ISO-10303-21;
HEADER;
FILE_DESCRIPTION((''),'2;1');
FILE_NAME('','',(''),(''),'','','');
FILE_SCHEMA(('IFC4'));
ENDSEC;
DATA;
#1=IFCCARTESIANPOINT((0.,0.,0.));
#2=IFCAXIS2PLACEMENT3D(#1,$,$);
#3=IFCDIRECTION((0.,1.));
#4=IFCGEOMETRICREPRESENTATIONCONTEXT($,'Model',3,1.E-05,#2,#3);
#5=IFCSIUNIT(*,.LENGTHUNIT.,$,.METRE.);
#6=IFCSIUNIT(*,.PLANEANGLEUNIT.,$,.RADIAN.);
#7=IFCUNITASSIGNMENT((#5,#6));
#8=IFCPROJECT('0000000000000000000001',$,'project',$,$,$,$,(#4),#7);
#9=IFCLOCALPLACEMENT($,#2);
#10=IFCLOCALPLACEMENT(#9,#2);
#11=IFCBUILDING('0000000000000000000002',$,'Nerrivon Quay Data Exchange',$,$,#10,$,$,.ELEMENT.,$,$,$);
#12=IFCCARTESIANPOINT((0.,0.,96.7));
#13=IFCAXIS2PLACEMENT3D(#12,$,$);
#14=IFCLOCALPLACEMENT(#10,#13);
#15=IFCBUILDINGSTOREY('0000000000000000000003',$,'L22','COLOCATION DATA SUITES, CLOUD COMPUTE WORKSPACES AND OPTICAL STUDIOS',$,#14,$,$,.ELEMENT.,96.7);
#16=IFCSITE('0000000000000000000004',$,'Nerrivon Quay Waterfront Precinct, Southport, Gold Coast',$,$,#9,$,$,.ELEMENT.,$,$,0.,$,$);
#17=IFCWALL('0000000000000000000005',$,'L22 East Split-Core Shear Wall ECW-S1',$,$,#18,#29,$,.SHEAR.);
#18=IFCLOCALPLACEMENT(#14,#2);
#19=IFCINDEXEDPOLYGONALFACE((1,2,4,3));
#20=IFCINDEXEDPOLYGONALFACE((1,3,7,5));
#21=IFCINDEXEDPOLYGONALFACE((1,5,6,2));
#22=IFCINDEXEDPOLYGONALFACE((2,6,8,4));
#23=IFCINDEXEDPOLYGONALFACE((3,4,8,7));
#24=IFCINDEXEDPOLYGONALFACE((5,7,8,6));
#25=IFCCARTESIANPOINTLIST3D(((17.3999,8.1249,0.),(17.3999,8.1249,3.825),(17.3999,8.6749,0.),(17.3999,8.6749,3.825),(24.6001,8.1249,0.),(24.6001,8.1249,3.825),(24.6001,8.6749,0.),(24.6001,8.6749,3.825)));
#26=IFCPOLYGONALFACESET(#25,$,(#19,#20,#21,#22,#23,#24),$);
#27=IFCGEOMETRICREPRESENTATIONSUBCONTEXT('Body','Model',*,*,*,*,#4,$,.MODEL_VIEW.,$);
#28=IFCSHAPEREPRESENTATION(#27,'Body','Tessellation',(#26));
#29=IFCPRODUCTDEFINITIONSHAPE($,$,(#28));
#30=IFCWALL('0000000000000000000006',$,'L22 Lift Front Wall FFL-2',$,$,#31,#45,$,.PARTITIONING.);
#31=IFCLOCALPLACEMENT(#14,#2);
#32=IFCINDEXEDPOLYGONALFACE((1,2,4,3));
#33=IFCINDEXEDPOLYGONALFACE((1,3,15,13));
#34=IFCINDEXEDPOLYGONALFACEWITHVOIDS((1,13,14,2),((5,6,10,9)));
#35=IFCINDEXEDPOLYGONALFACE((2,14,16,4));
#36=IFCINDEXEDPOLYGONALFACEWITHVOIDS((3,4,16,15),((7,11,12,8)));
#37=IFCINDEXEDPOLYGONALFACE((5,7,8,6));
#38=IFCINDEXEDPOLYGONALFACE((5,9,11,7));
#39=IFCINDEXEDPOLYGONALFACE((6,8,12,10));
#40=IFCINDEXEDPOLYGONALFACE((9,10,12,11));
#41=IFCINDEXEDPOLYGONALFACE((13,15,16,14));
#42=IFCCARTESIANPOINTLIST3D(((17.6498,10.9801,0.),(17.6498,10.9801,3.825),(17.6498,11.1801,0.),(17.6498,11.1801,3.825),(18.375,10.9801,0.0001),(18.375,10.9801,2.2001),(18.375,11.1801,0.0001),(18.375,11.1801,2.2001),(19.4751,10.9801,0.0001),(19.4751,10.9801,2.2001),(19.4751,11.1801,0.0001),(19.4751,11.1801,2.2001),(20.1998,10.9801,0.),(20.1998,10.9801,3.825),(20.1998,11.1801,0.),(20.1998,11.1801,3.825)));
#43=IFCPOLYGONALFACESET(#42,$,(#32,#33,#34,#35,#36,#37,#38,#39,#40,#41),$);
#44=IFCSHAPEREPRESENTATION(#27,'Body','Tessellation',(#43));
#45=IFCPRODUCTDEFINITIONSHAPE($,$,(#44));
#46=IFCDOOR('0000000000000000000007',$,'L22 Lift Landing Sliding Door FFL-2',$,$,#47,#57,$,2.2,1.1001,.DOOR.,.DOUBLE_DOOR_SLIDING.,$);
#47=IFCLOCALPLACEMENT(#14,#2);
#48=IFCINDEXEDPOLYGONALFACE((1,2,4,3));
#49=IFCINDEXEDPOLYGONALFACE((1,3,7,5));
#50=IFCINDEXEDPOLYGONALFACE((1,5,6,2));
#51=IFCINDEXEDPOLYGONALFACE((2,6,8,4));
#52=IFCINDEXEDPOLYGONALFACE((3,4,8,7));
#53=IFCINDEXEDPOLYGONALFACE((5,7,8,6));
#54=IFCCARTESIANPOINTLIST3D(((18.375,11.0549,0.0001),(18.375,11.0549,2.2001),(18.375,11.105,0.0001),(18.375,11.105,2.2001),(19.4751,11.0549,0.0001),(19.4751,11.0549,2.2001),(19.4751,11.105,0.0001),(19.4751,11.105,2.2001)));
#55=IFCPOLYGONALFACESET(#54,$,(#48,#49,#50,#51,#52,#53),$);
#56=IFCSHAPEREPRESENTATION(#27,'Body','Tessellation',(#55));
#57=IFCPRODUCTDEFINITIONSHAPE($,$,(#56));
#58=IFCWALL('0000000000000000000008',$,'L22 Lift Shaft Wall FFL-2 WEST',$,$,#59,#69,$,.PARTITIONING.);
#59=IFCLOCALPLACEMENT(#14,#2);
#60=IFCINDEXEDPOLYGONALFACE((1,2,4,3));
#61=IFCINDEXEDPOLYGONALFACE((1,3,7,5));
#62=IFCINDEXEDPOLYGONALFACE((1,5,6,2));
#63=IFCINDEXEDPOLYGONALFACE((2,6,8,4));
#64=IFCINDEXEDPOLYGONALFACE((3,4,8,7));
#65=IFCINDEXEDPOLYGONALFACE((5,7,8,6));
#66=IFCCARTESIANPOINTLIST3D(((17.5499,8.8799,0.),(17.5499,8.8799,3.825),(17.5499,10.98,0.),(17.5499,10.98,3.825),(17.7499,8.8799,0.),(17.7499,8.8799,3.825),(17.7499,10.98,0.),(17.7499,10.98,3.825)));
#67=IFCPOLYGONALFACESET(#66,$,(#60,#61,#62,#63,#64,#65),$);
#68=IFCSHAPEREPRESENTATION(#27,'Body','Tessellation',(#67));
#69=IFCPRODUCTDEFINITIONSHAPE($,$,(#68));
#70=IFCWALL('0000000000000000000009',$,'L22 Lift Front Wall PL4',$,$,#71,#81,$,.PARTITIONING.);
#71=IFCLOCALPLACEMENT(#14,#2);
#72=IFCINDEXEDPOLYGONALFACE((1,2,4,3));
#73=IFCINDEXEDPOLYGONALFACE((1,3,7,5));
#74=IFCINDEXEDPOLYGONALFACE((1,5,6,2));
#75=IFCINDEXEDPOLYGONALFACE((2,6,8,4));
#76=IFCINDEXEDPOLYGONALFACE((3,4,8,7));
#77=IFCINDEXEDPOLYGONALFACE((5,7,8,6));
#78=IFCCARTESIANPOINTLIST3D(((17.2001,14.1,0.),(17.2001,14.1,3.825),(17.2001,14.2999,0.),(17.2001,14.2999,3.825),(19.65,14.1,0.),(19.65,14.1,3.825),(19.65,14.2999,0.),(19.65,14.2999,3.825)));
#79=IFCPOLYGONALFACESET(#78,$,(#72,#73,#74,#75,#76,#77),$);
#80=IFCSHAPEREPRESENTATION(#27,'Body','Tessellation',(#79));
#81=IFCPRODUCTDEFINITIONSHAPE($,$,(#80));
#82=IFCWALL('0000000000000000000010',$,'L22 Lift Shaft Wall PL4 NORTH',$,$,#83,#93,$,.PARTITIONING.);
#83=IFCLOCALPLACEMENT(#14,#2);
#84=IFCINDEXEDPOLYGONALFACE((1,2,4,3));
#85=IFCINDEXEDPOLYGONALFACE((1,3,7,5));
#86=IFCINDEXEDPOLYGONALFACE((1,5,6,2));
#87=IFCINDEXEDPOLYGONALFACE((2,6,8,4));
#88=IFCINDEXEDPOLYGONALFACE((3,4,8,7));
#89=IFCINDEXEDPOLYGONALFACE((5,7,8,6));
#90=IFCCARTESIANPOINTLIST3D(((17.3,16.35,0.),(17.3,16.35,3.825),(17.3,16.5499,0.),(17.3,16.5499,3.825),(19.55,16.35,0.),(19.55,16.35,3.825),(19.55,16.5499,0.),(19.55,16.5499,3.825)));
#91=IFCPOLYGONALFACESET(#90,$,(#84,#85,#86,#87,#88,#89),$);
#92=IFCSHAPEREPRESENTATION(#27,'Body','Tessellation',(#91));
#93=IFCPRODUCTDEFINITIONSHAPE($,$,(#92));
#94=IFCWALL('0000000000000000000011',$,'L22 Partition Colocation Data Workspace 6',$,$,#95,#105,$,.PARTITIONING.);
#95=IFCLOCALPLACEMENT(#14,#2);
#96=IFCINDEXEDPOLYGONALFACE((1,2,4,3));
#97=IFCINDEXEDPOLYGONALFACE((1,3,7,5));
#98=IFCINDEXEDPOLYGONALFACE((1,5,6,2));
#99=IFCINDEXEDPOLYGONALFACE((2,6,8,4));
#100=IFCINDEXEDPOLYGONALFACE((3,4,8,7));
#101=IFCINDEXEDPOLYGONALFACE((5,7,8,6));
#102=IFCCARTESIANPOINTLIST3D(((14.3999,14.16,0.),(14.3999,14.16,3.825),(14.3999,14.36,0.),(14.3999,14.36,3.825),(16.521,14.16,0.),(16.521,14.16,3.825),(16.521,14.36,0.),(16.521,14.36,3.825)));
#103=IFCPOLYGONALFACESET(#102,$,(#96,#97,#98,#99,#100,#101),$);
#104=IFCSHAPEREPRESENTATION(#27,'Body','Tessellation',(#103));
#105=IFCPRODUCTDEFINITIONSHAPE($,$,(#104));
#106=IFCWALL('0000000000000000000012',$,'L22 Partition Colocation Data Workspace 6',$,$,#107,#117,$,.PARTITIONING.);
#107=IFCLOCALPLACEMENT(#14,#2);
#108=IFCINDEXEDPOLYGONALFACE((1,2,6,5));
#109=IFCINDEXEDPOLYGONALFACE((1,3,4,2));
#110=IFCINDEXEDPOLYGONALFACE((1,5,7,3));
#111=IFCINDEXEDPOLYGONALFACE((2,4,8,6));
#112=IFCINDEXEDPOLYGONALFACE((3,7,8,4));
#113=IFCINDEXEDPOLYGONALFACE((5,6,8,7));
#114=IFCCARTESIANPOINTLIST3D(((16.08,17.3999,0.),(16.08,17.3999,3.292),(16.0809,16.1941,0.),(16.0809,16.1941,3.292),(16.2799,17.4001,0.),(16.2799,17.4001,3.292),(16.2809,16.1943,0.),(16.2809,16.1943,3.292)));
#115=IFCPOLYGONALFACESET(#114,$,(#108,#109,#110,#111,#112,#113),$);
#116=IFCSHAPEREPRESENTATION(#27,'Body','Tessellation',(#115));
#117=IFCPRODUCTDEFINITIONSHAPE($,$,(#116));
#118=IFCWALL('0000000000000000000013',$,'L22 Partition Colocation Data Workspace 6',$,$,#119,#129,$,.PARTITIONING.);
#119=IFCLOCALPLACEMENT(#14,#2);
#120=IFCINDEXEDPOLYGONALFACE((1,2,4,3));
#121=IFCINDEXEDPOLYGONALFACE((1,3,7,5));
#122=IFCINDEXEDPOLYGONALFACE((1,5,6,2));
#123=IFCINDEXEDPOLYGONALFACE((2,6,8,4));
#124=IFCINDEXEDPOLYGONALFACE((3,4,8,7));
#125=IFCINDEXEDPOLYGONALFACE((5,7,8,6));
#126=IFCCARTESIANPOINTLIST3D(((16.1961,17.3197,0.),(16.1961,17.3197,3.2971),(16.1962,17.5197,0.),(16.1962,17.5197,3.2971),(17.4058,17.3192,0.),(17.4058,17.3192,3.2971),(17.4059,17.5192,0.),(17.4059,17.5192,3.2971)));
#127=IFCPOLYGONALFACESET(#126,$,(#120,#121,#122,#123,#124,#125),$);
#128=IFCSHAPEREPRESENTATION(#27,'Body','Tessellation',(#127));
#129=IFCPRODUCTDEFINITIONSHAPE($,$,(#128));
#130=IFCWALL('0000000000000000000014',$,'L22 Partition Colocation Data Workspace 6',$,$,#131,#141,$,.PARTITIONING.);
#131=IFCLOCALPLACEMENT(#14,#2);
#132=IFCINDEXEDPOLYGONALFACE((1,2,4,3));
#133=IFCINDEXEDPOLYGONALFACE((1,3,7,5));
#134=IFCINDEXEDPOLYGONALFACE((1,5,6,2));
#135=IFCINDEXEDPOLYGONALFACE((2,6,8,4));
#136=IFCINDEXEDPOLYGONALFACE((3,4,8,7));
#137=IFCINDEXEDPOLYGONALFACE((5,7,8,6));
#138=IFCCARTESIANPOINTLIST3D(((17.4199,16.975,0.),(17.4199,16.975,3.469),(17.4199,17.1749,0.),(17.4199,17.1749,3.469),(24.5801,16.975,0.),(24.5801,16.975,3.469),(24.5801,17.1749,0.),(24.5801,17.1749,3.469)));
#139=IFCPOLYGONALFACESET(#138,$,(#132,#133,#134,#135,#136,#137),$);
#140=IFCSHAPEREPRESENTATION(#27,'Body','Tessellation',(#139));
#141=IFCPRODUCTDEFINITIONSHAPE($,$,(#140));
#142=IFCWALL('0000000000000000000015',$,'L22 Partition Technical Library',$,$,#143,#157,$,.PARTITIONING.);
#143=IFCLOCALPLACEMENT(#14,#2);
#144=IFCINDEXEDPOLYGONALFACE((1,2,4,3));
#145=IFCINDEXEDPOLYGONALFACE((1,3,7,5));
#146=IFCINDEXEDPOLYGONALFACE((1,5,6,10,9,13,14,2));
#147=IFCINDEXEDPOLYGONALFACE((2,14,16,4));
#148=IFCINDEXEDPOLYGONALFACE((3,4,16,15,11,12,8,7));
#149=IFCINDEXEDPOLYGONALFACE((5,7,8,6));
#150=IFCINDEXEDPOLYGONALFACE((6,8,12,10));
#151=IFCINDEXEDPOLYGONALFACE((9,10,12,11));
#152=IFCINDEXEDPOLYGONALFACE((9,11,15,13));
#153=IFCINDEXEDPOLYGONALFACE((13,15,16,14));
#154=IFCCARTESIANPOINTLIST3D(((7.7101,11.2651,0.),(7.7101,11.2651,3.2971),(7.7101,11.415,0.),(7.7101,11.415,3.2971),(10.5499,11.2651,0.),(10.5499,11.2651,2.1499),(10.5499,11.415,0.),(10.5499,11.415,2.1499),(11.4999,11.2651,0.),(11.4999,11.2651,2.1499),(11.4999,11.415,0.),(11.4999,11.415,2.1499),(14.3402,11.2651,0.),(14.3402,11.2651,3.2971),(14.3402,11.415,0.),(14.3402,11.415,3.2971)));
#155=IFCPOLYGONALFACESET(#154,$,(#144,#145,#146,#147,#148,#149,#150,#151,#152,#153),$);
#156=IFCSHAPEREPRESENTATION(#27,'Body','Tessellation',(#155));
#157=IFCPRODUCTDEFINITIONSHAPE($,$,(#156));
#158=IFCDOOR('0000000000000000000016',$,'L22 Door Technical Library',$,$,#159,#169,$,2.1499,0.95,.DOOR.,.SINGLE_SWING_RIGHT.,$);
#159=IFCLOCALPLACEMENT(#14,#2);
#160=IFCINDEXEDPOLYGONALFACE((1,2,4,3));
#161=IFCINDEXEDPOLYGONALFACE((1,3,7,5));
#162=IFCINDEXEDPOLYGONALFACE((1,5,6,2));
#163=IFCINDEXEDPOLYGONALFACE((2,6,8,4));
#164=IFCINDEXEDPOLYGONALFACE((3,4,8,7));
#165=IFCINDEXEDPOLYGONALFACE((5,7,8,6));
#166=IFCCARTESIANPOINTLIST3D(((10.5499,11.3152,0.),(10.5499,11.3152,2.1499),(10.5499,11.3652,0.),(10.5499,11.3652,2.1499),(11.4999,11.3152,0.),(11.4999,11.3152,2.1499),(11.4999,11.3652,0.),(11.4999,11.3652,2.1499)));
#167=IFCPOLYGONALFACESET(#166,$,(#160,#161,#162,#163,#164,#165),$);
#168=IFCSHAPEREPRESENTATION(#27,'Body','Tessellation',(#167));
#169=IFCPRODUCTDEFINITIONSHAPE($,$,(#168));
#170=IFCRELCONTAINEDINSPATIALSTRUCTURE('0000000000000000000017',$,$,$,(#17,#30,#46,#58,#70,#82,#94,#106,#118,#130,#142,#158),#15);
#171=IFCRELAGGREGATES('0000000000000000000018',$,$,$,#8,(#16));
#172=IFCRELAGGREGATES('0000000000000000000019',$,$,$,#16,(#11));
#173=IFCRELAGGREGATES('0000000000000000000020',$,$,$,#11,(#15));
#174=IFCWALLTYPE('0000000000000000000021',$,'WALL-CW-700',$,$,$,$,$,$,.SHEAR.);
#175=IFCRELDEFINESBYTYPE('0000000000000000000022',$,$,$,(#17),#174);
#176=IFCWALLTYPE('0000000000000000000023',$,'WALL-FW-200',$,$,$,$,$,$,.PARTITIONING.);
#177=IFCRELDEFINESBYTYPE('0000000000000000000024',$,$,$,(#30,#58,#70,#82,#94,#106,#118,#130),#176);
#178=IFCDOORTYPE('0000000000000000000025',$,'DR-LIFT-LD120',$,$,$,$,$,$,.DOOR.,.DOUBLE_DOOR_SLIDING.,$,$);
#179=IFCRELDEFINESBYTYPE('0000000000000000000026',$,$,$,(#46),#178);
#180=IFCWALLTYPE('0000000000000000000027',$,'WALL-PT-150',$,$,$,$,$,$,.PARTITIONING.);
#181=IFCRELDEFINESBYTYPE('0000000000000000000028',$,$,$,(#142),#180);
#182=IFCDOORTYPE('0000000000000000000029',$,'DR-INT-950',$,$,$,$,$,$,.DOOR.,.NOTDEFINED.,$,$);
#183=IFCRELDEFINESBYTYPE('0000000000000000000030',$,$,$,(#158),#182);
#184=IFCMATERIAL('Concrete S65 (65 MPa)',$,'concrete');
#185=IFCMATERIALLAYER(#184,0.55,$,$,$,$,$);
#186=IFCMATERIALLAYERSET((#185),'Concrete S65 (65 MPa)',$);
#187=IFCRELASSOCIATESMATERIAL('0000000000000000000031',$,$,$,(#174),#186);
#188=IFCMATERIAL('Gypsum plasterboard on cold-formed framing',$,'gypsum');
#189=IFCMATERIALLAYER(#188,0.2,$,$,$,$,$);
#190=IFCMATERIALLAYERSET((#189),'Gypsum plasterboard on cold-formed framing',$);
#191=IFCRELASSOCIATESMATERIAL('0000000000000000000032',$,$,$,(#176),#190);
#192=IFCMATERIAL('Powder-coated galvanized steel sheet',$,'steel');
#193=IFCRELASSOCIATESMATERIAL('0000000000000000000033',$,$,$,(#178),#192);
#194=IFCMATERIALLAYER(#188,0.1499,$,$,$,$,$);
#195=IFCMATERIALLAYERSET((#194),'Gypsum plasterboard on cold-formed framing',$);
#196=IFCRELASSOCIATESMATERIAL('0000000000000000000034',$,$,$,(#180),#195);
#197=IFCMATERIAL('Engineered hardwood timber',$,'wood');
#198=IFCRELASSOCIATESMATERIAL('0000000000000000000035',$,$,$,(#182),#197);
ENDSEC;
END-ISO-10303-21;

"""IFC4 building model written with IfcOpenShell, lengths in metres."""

from ifc_helpers import new_model, si_unit, direction, frame, frame_2d, origin, place, context, subcontext, project, spatial, rectangle, extrude, material, layer, layer_set, type_object, element, fill, save


model = new_model("IFC4")

# Units and contexts
model_context = context("Model", 3, precision=1e-05, world=origin(), true_north=direction((0.0, 1.0)))
body_context = subcontext(model_context, "Body", "Model", "MODEL_VIEW")
ifc_project = project(units=[si_unit("LENGTHUNIT", "METRE"), si_unit("PLANEANGLEUNIT", "RADIAN")], contexts=[model_context])

# Site, building, storey
site_placement = place(None, origin())
site = spatial("IfcSite", under=ifc_project, at=site_placement, Name="Nerrivon Quay Waterfront Precinct, Southport, Gold Coast", CompositionType="ELEMENT", RefElevation=0.0)
building_placement = place(site_placement, origin())
building = spatial("IfcBuilding", under=site, at=building_placement, Name="Nerrivon Quay Data Exchange", CompositionType="ELEMENT")
storey_placement = place(building_placement, frame((0.0, 0.0, 96.7)))
storey = spatial("IfcBuildingStorey", under=building, at=storey_placement, Name="L22", Description="COLOCATION DATA SUITES, CLOUD COMPUTE WORKSPACES AND OPTICAL STUDIOS", CompositionType="ELEMENT", Elevation=96.7)

# Shared definitions
ifc_material_1 = material(Name="Concrete S65 (65 MPa)", Category="concrete")

# Shared definitions
ifc_layer_1 = layer(ifc_material_1, 0.55)
ifc_layer_set_1 = layer_set([ifc_layer_1], Name="Concrete S65 (65 MPa)")
wall_type_1 = type_object("IfcWallType", Name="WALL-CW-700", PredefinedType="SHEAR", material=ifc_layer_set_1)
ifc_material_2 = material(Name="Powder-coated galvanized steel sheet", Category="steel")

# Wall
wall_1_placement = place(storey_placement, frame((17.3999, 8.3999, 0.0), z_axis=(0.0, 0.0, 1.0), x_axis=(1.0, 0.0, 0.0)))
element("IfcWall", 1, at=wall_1_placement, inside=storey, type_object=wall_type_1, Name="L22 East Split-Core Shear Wall ECW-S1", PredefinedType="SHEAR", context=body_context, shape_type="SweptSolid", body=[
    extrude(rectangle(XDim=7.2002, YDim=0.55, at=frame_2d((3.6001, 0.0))), origin(), (0.0, 0.0, 1.0), 3.825),
])

# Wall, opening, door
ifc_material_3 = material(Name="Gypsum plasterboard on cold-formed framing", Category="gypsum")
ifc_layer_2 = layer(ifc_material_3, 0.2)
ifc_layer_set_2 = layer_set([ifc_layer_2], Name="Gypsum plasterboard on cold-formed framing")
wall_type_2 = type_object("IfcWallType", Name="WALL-FW-200", PredefinedType="PARTITIONING", material=ifc_layer_set_2)
wall_2_placement = place(storey_placement, frame((17.6499, 11.0801, 0.0), z_axis=(0.0, 0.0, 1.0), x_axis=(1.0, 0.0, 0.0)))
wall_2 = element("IfcWall", 2, at=wall_2_placement, inside=storey, type_object=wall_type_2, Name="L22 Lift Front Wall FFL-2", PredefinedType="PARTITIONING", context=body_context, shape_type="SweptSolid", body=[
    extrude(rectangle(XDim=2.55, YDim=0.2, at=frame_2d((1.2749, 0.0))), origin(), (0.0, 0.0, 1.0), 3.825),
])
opening_1_placement = place(wall_2_placement, frame((0.7251, 0.0, 0.0)))
opening_1 = element("IfcOpeningElement", 3, at=opening_1_placement, cuts=wall_2, PredefinedType="OPENING", context=body_context, shape_type="SweptSolid", body=[
    extrude(rectangle(XDim=1.1001, YDim=2.2, at=frame_2d((0.55, 1.1001))), frame((0.0, 0.1099, 0.0), z_axis=(0.0, -1.0, 0.0), x_axis=(1.0, 0.0, 0.0)), (0.0, 0.0, 1.0), 0.22),
])
door_type_1 = type_object("IfcDoorType", Name="DR-LIFT-LD120", OperationType="DOUBLE_DOOR_SLIDING", PredefinedType="DOOR", material=ifc_material_2)
door_1_placement = place(opening_1_placement, origin())
door_1 = element("IfcDoor", 4, at=door_1_placement, inside=storey, type_object=door_type_1, Name="L22 Lift Landing Sliding Door FFL-2", OperationType="DOUBLE_DOOR_SLIDING", OverallHeight=2.2, OverallWidth=1.1001, PredefinedType="DOOR", context=body_context, shape_type="SweptSolid", body=[
    extrude(rectangle(XDim=1.1001, YDim=2.2, at=frame_2d((0.55, 1.1001))), frame((0.0, 0.0249, 0.0), z_axis=(0.0, -1.0, 0.0), x_axis=(1.0, 0.0, 0.0)), (0.0, 0.0, 1.0), 0.05),
])
fill(opening_1, door_1)

# Walls
wall_3_placement = place(storey_placement, frame((17.6499, 8.8799, 0.0), z_axis=(0.0, 0.0, 1.0), x_axis=(0.0, 1.0, 0.0)))
element("IfcWall", 5, at=wall_3_placement, inside=storey, type_object=wall_type_2, Name="L22 Lift Shaft Wall FFL-2 WEST", PredefinedType="PARTITIONING", context=body_context, shape_type="SweptSolid", body=[
    extrude(rectangle(XDim=2.1001, YDim=0.2, at=frame_2d((1.05, 0.0))), origin(), (0.0, 0.0, 1.0), 3.825),
])
wall_4_placement = place(storey_placement, frame((17.2, 14.2, 0.0), z_axis=(0.0, 0.0, 1.0), x_axis=(1.0, 0.0, 0.0)))
element("IfcWall", 6, at=wall_4_placement, inside=storey, type_object=wall_type_2, Name="L22 Lift Front Wall PL4", PredefinedType="PARTITIONING", context=body_context, shape_type="SweptSolid", body=[
    extrude(rectangle(XDim=2.45, YDim=0.2, at=frame_2d((1.2251, 0.0))), origin(), (0.0, 0.0, 1.0), 3.825),
])
wall_5_placement = place(storey_placement, frame((17.3, 16.45, 0.0), z_axis=(0.0, 0.0, 1.0), x_axis=(1.0, 0.0, 0.0)))
element("IfcWall", 7, at=wall_5_placement, inside=storey, type_object=wall_type_2, Name="L22 Lift Shaft Wall PL4 NORTH", PredefinedType="PARTITIONING", context=body_context, shape_type="SweptSolid", body=[
    extrude(rectangle(XDim=2.25, YDim=0.2, at=frame_2d((1.125, 0.0))), origin(), (0.0, 0.0, 1.0), 3.825),
])
wall_6_placement = place(storey_placement, frame((14.3999, 14.26, 0.0), z_axis=(0.0, 0.0, 1.0), x_axis=(1.0, 0.0, 0.0)))
element("IfcWall", 8, at=wall_6_placement, inside=storey, type_object=wall_type_2, Name="L22 Partition Colocation Data Workspace 6", PredefinedType="PARTITIONING", context=body_context, shape_type="SweptSolid", body=[
    extrude(rectangle(XDim=2.1211, YDim=0.2, at=frame_2d((1.0605, 0.0))), origin(), (0.0, 0.0, 1.0), 3.825),
])
wall_7_placement = place(storey_placement, frame((16.1809, 16.1941, 0.0), z_axis=(0.0, 0.0, 1.0), x_axis=(-0.00081, 1.0, 0.0)))
element("IfcWall", 9, at=wall_7_placement, inside=storey, type_object=wall_type_2, Name="L22 Partition Colocation Data Workspace 6", PredefinedType="PARTITIONING", context=body_context, shape_type="SweptSolid", body=[
    extrude(rectangle(XDim=1.2058, YDim=0.2, at=frame_2d((0.603, 0.0))), origin(), (0.0, 0.0, 1.0), 3.292),
])
wall_8_placement = place(storey_placement, frame((16.196, 17.4197, 0.0), z_axis=(0.0, 0.0, 1.0), x_axis=(1.0, -0.000404, 0.0)))
element("IfcWall", 10, at=wall_8_placement, inside=storey, type_object=wall_type_2, Name="L22 Partition Colocation Data Workspace 6", PredefinedType="PARTITIONING", context=body_context, shape_type="SweptSolid", body=[
    extrude(rectangle(XDim=1.2097, YDim=0.2, at=frame_2d((0.605, 0.0))), origin(), (0.0, 0.0, 1.0), 3.2971),
])
wall_9_placement = place(storey_placement, frame((17.4199, 17.075, 0.0), z_axis=(0.0, 0.0, 1.0), x_axis=(1.0, 0.0, 0.0)))
element("IfcWall", 11, at=wall_9_placement, inside=storey, type_object=wall_type_2, Name="L22 Partition Colocation Data Workspace 6", PredefinedType="PARTITIONING", context=body_context, shape_type="SweptSolid", body=[
    extrude(rectangle(XDim=7.1602, YDim=0.2, at=frame_2d((3.5801, 0.0))), origin(), (0.0, 0.0, 1.0), 3.469),
])

# Wall, opening, door
ifc_layer_3 = layer(ifc_material_3, 0.1499)
ifc_layer_set_3 = layer_set([ifc_layer_3], Name="Gypsum plasterboard on cold-formed framing")
wall_type_3 = type_object("IfcWallType", Name="WALL-PT-150", PredefinedType="PARTITIONING", material=ifc_layer_set_3)
wall_10_placement = place(storey_placement, frame((14.3401, 11.3401, 0.0), z_axis=(0.0, 0.0, 1.0), x_axis=(-1.0, 0.0, 0.0)))
wall_10 = element("IfcWall", 12, at=wall_10_placement, inside=storey, type_object=wall_type_3, Name="L22 Partition Technical Library", PredefinedType="PARTITIONING", context=body_context, shape_type="SweptSolid", body=[
    extrude(rectangle(XDim=6.6301, YDim=0.1499, at=frame_2d((3.3149, 0.0))), origin(), (0.0, 0.0, 1.0), 3.2971),
])
opening_2_placement = place(wall_10_placement, frame((2.8401, 0.0, 0.0)))
opening_2 = element("IfcOpeningElement", 13, at=opening_2_placement, cuts=wall_10, PredefinedType="OPENING", context=body_context, shape_type="SweptSolid", body=[
    extrude(rectangle(XDim=0.95, YDim=2.1499, at=frame_2d((0.4751, 1.075))), frame((0.0, 0.085, 0.0), z_axis=(0.0, -1.0, 0.0), x_axis=(1.0, 0.0, 0.0)), (0.0, 0.0, 1.0), 0.1699),
])
ifc_material_4 = material(Name="Engineered hardwood timber", Category="wood")
door_type_2 = type_object("IfcDoorType", Name="DR-INT-950", OperationType="NOTDEFINED", PredefinedType="DOOR", material=ifc_material_4)
door_2_placement = place(opening_2_placement, origin())
door_2 = element("IfcDoor", 14, at=door_2_placement, inside=storey, type_object=door_type_2, Name="L22 Door Technical Library", OperationType="SINGLE_SWING_RIGHT", OverallHeight=2.1499, OverallWidth=0.95, PredefinedType="DOOR", context=body_context, shape_type="SweptSolid", body=[
    extrude(rectangle(XDim=0.95, YDim=2.1499, at=frame_2d((0.4751, 1.075))), frame((0.0, 0.0249, 0.0), z_axis=(0.0, -1.0, 0.0), x_axis=(1.0, 0.0, 0.0)), (0.0, 0.0, 1.0), 0.05),
])
fill(opening_2, door_2)

save(model, "model.ifc")
